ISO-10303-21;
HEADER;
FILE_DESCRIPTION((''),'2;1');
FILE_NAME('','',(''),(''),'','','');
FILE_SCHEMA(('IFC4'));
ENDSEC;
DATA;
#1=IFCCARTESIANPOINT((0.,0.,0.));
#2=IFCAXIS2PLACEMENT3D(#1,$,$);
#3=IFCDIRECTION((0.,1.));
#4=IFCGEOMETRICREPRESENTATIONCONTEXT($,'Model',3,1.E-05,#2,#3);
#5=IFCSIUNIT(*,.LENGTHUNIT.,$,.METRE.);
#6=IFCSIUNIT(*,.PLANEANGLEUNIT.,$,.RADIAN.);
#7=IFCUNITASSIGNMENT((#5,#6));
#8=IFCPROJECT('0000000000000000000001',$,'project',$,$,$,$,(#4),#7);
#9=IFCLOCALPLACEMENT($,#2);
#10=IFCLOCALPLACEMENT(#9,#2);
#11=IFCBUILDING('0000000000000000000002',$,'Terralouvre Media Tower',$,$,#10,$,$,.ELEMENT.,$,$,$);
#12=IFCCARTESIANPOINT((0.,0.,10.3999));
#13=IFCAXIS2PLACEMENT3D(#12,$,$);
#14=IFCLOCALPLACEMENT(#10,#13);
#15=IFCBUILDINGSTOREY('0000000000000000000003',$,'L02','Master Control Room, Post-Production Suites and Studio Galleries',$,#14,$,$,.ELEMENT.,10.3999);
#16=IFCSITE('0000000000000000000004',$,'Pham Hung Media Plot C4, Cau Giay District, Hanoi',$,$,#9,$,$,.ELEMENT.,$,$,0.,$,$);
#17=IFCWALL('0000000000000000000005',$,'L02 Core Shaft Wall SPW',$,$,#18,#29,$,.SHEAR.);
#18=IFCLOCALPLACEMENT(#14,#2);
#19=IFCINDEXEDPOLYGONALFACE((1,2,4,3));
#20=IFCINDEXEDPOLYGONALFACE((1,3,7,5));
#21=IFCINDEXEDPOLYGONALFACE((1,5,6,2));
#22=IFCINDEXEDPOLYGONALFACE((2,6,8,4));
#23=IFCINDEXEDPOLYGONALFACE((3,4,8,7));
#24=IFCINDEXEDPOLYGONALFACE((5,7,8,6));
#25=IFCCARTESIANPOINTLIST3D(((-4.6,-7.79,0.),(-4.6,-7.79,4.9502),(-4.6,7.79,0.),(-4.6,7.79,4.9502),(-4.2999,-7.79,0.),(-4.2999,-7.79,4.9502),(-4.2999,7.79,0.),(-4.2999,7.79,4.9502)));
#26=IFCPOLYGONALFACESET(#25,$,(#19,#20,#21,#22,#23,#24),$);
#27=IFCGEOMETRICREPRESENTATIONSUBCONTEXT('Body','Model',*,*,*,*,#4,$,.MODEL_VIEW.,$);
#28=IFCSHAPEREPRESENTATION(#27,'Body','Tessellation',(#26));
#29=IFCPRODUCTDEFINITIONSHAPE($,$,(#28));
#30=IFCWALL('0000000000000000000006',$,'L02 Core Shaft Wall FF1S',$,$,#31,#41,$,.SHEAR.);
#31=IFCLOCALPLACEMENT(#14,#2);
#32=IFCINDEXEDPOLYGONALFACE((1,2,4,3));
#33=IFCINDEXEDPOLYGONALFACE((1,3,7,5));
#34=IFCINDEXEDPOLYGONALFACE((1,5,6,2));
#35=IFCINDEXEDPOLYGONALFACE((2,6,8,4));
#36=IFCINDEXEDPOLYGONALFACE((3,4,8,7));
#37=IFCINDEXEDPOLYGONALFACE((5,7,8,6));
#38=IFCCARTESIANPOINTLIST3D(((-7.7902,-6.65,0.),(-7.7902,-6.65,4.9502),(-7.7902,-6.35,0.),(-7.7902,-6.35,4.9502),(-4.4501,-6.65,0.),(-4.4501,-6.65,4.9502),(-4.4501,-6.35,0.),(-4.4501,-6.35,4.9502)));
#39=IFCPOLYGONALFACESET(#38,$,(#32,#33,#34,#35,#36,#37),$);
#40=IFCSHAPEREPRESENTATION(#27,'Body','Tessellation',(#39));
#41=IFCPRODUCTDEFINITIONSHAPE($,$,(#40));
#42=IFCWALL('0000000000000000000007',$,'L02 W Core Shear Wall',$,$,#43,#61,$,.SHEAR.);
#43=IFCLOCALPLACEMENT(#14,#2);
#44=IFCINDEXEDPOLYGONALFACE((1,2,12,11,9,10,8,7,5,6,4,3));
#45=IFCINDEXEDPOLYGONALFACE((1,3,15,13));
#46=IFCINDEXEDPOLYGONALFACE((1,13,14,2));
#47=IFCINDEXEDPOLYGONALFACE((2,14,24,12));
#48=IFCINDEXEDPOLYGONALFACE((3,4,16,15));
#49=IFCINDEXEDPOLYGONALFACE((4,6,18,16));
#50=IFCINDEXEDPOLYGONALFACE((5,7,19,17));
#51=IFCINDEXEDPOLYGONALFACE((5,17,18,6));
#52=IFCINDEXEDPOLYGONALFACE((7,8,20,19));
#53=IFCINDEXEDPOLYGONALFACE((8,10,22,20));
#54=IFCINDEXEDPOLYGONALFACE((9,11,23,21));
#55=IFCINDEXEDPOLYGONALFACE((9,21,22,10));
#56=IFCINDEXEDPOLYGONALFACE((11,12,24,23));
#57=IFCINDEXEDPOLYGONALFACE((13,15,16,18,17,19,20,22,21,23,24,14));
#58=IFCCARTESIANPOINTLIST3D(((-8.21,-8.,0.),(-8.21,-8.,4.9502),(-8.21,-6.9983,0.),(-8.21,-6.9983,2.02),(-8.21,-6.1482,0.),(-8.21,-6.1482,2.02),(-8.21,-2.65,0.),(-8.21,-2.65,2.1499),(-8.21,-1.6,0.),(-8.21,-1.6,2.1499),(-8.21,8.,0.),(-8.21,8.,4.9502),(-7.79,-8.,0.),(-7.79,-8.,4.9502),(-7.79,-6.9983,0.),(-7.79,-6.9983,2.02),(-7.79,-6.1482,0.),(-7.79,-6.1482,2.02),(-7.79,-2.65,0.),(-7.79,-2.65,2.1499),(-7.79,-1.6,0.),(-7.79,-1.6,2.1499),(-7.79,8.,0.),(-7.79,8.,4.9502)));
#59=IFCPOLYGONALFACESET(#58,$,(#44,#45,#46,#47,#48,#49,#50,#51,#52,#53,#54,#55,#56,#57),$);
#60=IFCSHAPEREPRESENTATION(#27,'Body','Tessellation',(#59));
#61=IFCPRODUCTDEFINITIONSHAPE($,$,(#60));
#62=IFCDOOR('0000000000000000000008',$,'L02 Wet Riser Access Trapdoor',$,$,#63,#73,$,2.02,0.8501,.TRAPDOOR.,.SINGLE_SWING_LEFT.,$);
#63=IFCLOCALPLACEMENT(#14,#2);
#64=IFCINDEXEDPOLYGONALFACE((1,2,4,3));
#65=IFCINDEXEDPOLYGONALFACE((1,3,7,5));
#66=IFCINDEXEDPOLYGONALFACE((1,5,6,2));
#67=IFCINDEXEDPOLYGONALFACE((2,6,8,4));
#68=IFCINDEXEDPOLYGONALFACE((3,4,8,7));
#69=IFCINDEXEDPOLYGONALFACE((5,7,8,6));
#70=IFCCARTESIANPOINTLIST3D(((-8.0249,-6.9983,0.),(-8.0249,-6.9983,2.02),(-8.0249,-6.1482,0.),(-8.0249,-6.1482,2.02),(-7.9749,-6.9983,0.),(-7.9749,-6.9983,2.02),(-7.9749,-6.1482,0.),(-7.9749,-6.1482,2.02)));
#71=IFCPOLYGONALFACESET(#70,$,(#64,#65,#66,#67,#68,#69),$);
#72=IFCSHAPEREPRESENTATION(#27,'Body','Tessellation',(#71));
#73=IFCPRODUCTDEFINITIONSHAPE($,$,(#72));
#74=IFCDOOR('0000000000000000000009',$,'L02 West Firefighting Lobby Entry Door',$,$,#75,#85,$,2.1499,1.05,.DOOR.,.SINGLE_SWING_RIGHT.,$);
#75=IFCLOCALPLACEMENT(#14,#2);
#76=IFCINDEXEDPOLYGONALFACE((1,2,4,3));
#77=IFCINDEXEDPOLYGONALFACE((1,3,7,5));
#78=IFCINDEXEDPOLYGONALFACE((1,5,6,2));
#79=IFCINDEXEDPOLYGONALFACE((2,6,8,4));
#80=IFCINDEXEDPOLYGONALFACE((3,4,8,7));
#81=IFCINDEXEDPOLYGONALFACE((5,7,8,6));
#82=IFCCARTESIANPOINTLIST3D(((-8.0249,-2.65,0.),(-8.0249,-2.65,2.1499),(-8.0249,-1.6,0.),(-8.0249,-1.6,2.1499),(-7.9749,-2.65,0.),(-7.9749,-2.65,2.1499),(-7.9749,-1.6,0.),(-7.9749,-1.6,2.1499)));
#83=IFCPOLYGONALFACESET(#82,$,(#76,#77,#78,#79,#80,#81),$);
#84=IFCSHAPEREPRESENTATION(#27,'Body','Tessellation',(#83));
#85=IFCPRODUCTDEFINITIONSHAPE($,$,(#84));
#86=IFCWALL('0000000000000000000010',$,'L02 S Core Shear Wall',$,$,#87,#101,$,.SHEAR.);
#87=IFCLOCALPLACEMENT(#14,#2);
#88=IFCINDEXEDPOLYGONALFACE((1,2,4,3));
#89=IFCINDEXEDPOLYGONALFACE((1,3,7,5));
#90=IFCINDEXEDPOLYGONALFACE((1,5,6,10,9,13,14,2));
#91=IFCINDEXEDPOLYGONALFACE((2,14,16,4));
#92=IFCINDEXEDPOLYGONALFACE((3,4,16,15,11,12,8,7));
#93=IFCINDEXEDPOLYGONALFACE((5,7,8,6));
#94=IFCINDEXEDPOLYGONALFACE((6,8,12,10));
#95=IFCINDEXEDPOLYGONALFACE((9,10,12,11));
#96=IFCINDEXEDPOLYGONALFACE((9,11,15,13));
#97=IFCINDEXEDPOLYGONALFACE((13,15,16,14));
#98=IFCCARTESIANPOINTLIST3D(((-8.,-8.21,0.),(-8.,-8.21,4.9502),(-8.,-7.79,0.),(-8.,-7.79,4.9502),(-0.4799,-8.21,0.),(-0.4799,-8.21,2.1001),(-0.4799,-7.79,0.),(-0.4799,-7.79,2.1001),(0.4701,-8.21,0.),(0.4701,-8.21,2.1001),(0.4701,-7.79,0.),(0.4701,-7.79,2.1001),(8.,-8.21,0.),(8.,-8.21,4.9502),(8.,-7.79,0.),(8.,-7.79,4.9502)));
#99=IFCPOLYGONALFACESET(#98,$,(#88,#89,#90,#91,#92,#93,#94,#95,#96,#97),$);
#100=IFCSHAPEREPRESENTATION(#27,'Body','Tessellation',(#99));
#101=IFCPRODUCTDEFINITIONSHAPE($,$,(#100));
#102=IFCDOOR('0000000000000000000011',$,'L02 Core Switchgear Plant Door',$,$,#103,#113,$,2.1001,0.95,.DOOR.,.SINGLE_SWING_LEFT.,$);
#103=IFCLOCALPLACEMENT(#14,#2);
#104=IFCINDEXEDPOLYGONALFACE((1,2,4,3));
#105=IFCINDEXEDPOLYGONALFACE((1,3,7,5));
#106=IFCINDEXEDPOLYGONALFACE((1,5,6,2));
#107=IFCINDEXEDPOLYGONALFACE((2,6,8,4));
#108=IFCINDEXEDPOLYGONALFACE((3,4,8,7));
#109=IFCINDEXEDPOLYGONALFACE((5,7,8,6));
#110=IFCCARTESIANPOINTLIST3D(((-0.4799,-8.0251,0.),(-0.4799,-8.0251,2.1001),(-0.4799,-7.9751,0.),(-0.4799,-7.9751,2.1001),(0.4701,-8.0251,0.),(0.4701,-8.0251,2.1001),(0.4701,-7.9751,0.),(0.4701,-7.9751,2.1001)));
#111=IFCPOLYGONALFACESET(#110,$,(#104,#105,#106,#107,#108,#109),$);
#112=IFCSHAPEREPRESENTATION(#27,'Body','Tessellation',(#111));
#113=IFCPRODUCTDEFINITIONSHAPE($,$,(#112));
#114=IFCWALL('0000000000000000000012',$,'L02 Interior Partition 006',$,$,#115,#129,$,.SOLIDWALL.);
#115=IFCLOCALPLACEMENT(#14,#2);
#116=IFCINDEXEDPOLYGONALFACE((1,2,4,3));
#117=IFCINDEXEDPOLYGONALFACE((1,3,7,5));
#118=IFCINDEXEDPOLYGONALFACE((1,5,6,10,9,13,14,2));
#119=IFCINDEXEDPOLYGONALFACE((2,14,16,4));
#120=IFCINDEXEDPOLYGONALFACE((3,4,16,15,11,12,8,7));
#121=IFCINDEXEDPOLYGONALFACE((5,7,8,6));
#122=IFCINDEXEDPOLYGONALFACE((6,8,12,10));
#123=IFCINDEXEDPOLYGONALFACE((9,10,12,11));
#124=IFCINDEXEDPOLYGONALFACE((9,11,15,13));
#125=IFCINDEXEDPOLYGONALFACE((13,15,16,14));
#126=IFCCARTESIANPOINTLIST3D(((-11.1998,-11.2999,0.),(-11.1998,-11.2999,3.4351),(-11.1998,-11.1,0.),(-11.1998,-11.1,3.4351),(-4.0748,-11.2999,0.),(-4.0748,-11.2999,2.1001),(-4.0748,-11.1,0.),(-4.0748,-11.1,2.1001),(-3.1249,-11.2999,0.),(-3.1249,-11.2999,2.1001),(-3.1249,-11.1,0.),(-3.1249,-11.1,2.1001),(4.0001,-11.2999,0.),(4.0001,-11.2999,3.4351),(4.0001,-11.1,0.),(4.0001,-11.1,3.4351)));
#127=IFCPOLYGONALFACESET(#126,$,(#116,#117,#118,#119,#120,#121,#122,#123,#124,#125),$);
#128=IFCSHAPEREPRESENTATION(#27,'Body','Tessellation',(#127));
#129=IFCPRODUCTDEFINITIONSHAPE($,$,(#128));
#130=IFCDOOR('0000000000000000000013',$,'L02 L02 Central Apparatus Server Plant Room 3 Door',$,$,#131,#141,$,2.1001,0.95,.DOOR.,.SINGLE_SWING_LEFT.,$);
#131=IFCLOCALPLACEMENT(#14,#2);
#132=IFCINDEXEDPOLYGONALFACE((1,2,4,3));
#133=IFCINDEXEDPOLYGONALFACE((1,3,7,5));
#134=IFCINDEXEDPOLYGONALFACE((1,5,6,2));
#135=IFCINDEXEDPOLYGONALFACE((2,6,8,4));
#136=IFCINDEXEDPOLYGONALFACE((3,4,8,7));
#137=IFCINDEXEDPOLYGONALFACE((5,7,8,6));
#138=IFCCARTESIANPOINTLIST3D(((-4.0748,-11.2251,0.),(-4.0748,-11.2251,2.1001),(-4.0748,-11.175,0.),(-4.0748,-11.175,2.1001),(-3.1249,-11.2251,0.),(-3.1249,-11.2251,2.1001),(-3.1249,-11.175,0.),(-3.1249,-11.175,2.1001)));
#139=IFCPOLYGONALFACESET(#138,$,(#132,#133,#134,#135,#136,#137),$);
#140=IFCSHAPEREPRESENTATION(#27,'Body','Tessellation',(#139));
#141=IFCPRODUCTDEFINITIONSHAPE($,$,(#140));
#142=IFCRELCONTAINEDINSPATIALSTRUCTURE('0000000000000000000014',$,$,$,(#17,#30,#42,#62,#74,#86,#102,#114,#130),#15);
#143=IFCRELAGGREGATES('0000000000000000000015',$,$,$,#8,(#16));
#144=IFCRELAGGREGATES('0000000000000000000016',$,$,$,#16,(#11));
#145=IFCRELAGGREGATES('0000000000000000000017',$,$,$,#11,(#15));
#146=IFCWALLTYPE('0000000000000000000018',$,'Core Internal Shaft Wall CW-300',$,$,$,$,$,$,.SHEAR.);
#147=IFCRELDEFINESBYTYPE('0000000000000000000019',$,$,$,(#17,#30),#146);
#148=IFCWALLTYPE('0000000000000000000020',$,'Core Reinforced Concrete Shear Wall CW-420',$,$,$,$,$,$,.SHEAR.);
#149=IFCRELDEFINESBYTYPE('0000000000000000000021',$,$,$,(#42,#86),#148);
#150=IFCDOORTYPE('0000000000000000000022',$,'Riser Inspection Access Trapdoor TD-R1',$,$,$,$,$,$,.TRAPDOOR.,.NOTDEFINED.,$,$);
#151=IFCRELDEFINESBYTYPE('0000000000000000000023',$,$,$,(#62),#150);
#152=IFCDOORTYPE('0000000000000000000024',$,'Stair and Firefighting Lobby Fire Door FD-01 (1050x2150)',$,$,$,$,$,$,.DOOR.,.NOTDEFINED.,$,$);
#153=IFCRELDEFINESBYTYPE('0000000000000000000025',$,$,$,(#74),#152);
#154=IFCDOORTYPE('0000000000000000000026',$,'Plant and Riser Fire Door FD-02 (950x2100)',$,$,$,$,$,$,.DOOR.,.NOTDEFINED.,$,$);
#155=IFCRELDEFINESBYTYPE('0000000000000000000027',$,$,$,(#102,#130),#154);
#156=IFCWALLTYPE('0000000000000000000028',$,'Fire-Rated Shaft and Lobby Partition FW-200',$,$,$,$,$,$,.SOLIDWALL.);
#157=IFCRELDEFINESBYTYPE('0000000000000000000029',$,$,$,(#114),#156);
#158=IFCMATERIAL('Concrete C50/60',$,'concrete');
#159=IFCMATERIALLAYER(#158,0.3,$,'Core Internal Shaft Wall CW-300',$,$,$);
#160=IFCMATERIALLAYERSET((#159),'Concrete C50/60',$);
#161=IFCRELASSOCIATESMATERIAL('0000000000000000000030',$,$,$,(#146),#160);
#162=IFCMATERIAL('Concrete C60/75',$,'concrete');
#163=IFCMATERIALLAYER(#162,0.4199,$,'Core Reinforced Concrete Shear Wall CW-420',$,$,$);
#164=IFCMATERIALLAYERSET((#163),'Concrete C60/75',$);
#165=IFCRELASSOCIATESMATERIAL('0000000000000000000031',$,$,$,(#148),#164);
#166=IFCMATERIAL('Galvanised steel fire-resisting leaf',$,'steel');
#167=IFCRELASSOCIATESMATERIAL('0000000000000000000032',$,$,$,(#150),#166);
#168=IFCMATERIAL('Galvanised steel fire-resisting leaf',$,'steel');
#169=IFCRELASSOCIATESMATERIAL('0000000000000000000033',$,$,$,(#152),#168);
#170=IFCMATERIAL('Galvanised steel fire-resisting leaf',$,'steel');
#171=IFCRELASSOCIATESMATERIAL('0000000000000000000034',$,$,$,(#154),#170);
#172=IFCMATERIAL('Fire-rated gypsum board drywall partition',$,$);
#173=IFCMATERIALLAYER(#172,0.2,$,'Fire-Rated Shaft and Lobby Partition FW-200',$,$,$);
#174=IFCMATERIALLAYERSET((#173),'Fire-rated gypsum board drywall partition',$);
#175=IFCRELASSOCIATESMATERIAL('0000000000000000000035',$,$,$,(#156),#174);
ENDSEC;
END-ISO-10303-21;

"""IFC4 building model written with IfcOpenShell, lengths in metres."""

from ifc_helpers import new_model, si_unit, direction, frame, frame_2d, origin, place, context, subcontext, project, spatial, rectangle, extrude, material, layer, layer_set, type_object, element, fill, save


model = new_model("IFC4")

# Units and contexts
model_context = context("Model", 3, precision=1e-05, world=origin(), true_north=direction((0.0, 1.0)))
body_context = subcontext(model_context, "Body", "Model", "MODEL_VIEW")
ifc_project = project(units=[si_unit("LENGTHUNIT", "METRE"), si_unit("PLANEANGLEUNIT", "RADIAN")], contexts=[model_context])

# Site, building, storey
site_placement = place(None, origin())
site = spatial("IfcSite", under=ifc_project, at=site_placement, Name="Pham Hung Media Plot C4, Cau Giay District, Hanoi", CompositionType="ELEMENT", RefElevation=0.0)
building_placement = place(site_placement, origin())
building = spatial("IfcBuilding", under=site, at=building_placement, Name="Terralouvre Media Tower", CompositionType="ELEMENT")
storey_placement = place(building_placement, frame((0.0, 0.0, 10.3999)))
storey = spatial("IfcBuildingStorey", under=building, at=storey_placement, Name="L02", Description="Master Control Room, Post-Production Suites and Studio Galleries", CompositionType="ELEMENT", Elevation=10.3999)

# Walls
ifc_material_1 = material(Name="Concrete C50/60", Category="concrete")
ifc_layer_1 = layer(ifc_material_1, 0.3, Name="Core Internal Shaft Wall CW-300")
ifc_layer_set_1 = layer_set([ifc_layer_1], Name="Concrete C50/60")
wall_type_1 = type_object("IfcWallType", Name="Core Internal Shaft Wall CW-300", PredefinedType="SHEAR", material=ifc_layer_set_1)
wall_1_placement = place(storey_placement, frame((-4.45, -7.79, 0.0), z_axis=(0.0, 0.0, 1.0), x_axis=(0.0, 1.0, 0.0)))
element("IfcWall", 1, at=wall_1_placement, inside=storey, type_object=wall_type_1, Name="L02 Core Shaft Wall SPW", PredefinedType="SHEAR", context=body_context, shape_type="SweptSolid", body=[
    extrude(rectangle(XDim=15.5801, YDim=0.3, at=frame_2d((7.79, 0.0))), origin(), (0.0, 0.0, 1.0), 4.9502),
])
wall_2_placement = place(storey_placement, frame((-7.79, -6.5, 0.0), z_axis=(0.0, 0.0, 1.0), x_axis=(1.0, 0.0, 0.0)))
element("IfcWall", 2, at=wall_2_placement, inside=storey, type_object=wall_type_1, Name="L02 Core Shaft Wall FF1S", PredefinedType="SHEAR", context=body_context, shape_type="SweptSolid", body=[
    extrude(rectangle(XDim=3.3401, YDim=0.3, at=frame_2d((1.6699, 0.0))), origin(), (0.0, 0.0, 1.0), 4.9502),
])

# Wall, openings, doors
ifc_material_2 = material(Name="Concrete C60/75", Category="concrete")
ifc_layer_2 = layer(ifc_material_2, 0.4199, Name="Core Reinforced Concrete Shear Wall CW-420")
ifc_layer_set_2 = layer_set([ifc_layer_2], Name="Concrete C60/75")
wall_type_2 = type_object("IfcWallType", Name="Core Reinforced Concrete Shear Wall CW-420", PredefinedType="SHEAR", material=ifc_layer_set_2)
wall_3_placement = place(storey_placement, frame((-8.0, -8.0, 0.0), z_axis=(0.0, 0.0, 1.0), x_axis=(0.0, 1.0, 0.0)))
wall_3 = element("IfcWall", 3, at=wall_3_placement, inside=storey, type_object=wall_type_2, Name="L02 W Core Shear Wall", PredefinedType="SHEAR", context=body_context, shape_type="SweptSolid", body=[
    extrude(rectangle(XDim=16.0, YDim=0.4199, at=frame_2d((8.0, 0.0))), origin(), (0.0, 0.0, 1.0), 4.9502),
])
opening_1_placement = place(wall_3_placement, frame((1.0017, 0.0, 0.0)))
opening_1 = element("IfcOpeningElement", 4, at=opening_1_placement, cuts=wall_3, PredefinedType="OPENING", context=body_context, shape_type="SweptSolid", body=[
    extrude(rectangle(XDim=0.8501, YDim=2.02, at=frame_2d((0.425, 1.01))), frame((0.0, 0.22, 0.0), z_axis=(0.0, -1.0, 0.0), x_axis=(1.0, 0.0, 0.0)), (0.0, 0.0, 1.0), 0.4399),
])
opening_2_placement = place(wall_3_placement, frame((5.3501, 0.0, 0.0)))
opening_2 = element("IfcOpeningElement", 5, at=opening_2_placement, cuts=wall_3, PredefinedType="OPENING", context=body_context, shape_type="SweptSolid", body=[
    extrude(rectangle(XDim=1.05, YDim=2.1499, at=frame_2d((0.5249, 1.075))), frame((0.0, 0.22, 0.0), z_axis=(0.0, -1.0, 0.0), x_axis=(1.0, 0.0, 0.0)), (0.0, 0.0, 1.0), 0.4399),
])
ifc_material_3 = material(Name="Galvanised steel fire-resisting leaf", Category="steel")
door_type_1 = type_object("IfcDoorType", Name="Riser Inspection Access Trapdoor TD-R1", OperationType="NOTDEFINED", PredefinedType="TRAPDOOR", material=ifc_material_3)
door_1_placement = place(opening_1_placement, origin())
door_1 = element("IfcDoor", 6, at=door_1_placement, inside=storey, type_object=door_type_1, Name="L02 Wet Riser Access Trapdoor", OperationType="SINGLE_SWING_LEFT", OverallHeight=2.02, OverallWidth=0.8501, PredefinedType="TRAPDOOR", context=body_context, shape_type="SweptSolid", body=[
    extrude(rectangle(XDim=0.8501, YDim=2.02, at=frame_2d((0.425, 1.01))), frame((0.0, 0.0249, 0.0), z_axis=(0.0, -1.0, 0.0), x_axis=(1.0, 0.0, 0.0)), (0.0, 0.0, 1.0), 0.05),
])
fill(opening_1, door_1)
ifc_material_4 = material(Name="Galvanised steel fire-resisting leaf", Category="steel")
door_type_2 = type_object("IfcDoorType", Name="Stair and Firefighting Lobby Fire Door FD-01 (1050x2150)", OperationType="NOTDEFINED", PredefinedType="DOOR", material=ifc_material_4)
door_2_placement = place(opening_2_placement, origin())
door_2 = element("IfcDoor", 7, at=door_2_placement, inside=storey, type_object=door_type_2, Name="L02 West Firefighting Lobby Entry Door", OperationType="SINGLE_SWING_RIGHT", OverallHeight=2.1499, OverallWidth=1.05, PredefinedType="DOOR", context=body_context, shape_type="SweptSolid", body=[
    extrude(rectangle(XDim=1.05, YDim=2.1499, at=frame_2d((0.5249, 1.075))), frame((0.0, 0.0249, 0.0), z_axis=(0.0, -1.0, 0.0), x_axis=(1.0, 0.0, 0.0)), (0.0, 0.0, 1.0), 0.05),
])
fill(opening_2, door_2)

# Walls, openings, doors
wall_4_placement = place(storey_placement, frame((-8.0, -8.0, 0.0), z_axis=(0.0, 0.0, 1.0), x_axis=(1.0, 0.0, 0.0)))
wall_4 = element("IfcWall", 8, at=wall_4_placement, inside=storey, type_object=wall_type_2, Name="L02 S Core Shear Wall", PredefinedType="SHEAR", context=body_context, shape_type="SweptSolid", body=[
    extrude(rectangle(XDim=16.0, YDim=0.4199, at=frame_2d((8.0, 0.0))), origin(), (0.0, 0.0, 1.0), 4.9502),
])
opening_3_placement = place(wall_4_placement, frame((7.52, 0.0, 0.0)))
opening_3 = element("IfcOpeningElement", 9, at=opening_3_placement, cuts=wall_4, PredefinedType="OPENING", context=body_context, shape_type="SweptSolid", body=[
    extrude(rectangle(XDim=0.95, YDim=2.1001, at=frame_2d((0.4751, 1.05))), frame((0.0, 0.22, 0.0), z_axis=(0.0, -1.0, 0.0), x_axis=(1.0, 0.0, 0.0)), (0.0, 0.0, 1.0), 0.4399),
])
ifc_material_5 = material(Name="Galvanised steel fire-resisting leaf", Category="steel")
door_type_3 = type_object("IfcDoorType", Name="Plant and Riser Fire Door FD-02 (950x2100)", OperationType="NOTDEFINED", PredefinedType="DOOR", material=ifc_material_5)
door_3_placement = place(opening_3_placement, origin())
door_3 = element("IfcDoor", 10, at=door_3_placement, inside=storey, type_object=door_type_3, Name="L02 Core Switchgear Plant Door", OperationType="SINGLE_SWING_LEFT", OverallHeight=2.1001, OverallWidth=0.95, PredefinedType="DOOR", context=body_context, shape_type="SweptSolid", body=[
    extrude(rectangle(XDim=0.95, YDim=2.1001, at=frame_2d((0.4751, 1.05))), frame((0.0, 0.0249, 0.0), z_axis=(0.0, -1.0, 0.0), x_axis=(1.0, 0.0, 0.0)), (0.0, 0.0, 1.0), 0.05),
])
fill(opening_3, door_3)
ifc_material_6 = material(Name="Fire-rated gypsum board drywall partition")
ifc_layer_3 = layer(ifc_material_6, 0.2, Name="Fire-Rated Shaft and Lobby Partition FW-200")
ifc_layer_set_3 = layer_set([ifc_layer_3], Name="Fire-rated gypsum board drywall partition")
wall_type_3 = type_object("IfcWallType", Name="Fire-Rated Shaft and Lobby Partition FW-200", PredefinedType="SOLIDWALL", material=ifc_layer_set_3)
wall_5_placement = place(storey_placement, frame((-11.2, -11.2, 0.0), z_axis=(0.0, 0.0, 1.0), x_axis=(1.0, 0.0, 0.0)))
wall_5 = element("IfcWall", 11, at=wall_5_placement, inside=storey, type_object=wall_type_3, Name="L02 Interior Partition 006", PredefinedType="SOLIDWALL", context=body_context, shape_type="SweptSolid", body=[
    extrude(rectangle(XDim=15.2, YDim=0.2, at=frame_2d((7.6001, 0.0))), origin(), (0.0, 0.0, 1.0), 3.4351),
])
opening_4_placement = place(wall_5_placement, frame((7.125, 0.0, 0.0)))
opening_4 = element("IfcOpeningElement", 12, at=opening_4_placement, cuts=wall_5, PredefinedType="OPENING", context=body_context, shape_type="SweptSolid", body=[
    extrude(rectangle(XDim=0.95, YDim=2.1001, at=frame_2d((0.4751, 1.05))), frame((0.0, 0.1099, 0.0), z_axis=(0.0, -1.0, 0.0), x_axis=(1.0, 0.0, 0.0)), (0.0, 0.0, 1.0), 0.22),
])
door_4_placement = place(opening_4_placement, origin())
door_4 = element("IfcDoor", 13, at=door_4_placement, inside=storey, type_object=door_type_3, Name="L02 L02 Central Apparatus Server Plant Room 3 Door", OperationType="SINGLE_SWING_LEFT", OverallHeight=2.1001, OverallWidth=0.95, PredefinedType="DOOR", context=body_context, shape_type="SweptSolid", body=[
    extrude(rectangle(XDim=0.95, YDim=2.1001, at=frame_2d((0.4751, 1.05))), frame((0.0, 0.0249, 0.0), z_axis=(0.0, -1.0, 0.0), x_axis=(1.0, 0.0, 0.0)), (0.0, 0.0, 1.0), 0.05),
])
fill(opening_4, door_4)

save(model, "model.ifc")
